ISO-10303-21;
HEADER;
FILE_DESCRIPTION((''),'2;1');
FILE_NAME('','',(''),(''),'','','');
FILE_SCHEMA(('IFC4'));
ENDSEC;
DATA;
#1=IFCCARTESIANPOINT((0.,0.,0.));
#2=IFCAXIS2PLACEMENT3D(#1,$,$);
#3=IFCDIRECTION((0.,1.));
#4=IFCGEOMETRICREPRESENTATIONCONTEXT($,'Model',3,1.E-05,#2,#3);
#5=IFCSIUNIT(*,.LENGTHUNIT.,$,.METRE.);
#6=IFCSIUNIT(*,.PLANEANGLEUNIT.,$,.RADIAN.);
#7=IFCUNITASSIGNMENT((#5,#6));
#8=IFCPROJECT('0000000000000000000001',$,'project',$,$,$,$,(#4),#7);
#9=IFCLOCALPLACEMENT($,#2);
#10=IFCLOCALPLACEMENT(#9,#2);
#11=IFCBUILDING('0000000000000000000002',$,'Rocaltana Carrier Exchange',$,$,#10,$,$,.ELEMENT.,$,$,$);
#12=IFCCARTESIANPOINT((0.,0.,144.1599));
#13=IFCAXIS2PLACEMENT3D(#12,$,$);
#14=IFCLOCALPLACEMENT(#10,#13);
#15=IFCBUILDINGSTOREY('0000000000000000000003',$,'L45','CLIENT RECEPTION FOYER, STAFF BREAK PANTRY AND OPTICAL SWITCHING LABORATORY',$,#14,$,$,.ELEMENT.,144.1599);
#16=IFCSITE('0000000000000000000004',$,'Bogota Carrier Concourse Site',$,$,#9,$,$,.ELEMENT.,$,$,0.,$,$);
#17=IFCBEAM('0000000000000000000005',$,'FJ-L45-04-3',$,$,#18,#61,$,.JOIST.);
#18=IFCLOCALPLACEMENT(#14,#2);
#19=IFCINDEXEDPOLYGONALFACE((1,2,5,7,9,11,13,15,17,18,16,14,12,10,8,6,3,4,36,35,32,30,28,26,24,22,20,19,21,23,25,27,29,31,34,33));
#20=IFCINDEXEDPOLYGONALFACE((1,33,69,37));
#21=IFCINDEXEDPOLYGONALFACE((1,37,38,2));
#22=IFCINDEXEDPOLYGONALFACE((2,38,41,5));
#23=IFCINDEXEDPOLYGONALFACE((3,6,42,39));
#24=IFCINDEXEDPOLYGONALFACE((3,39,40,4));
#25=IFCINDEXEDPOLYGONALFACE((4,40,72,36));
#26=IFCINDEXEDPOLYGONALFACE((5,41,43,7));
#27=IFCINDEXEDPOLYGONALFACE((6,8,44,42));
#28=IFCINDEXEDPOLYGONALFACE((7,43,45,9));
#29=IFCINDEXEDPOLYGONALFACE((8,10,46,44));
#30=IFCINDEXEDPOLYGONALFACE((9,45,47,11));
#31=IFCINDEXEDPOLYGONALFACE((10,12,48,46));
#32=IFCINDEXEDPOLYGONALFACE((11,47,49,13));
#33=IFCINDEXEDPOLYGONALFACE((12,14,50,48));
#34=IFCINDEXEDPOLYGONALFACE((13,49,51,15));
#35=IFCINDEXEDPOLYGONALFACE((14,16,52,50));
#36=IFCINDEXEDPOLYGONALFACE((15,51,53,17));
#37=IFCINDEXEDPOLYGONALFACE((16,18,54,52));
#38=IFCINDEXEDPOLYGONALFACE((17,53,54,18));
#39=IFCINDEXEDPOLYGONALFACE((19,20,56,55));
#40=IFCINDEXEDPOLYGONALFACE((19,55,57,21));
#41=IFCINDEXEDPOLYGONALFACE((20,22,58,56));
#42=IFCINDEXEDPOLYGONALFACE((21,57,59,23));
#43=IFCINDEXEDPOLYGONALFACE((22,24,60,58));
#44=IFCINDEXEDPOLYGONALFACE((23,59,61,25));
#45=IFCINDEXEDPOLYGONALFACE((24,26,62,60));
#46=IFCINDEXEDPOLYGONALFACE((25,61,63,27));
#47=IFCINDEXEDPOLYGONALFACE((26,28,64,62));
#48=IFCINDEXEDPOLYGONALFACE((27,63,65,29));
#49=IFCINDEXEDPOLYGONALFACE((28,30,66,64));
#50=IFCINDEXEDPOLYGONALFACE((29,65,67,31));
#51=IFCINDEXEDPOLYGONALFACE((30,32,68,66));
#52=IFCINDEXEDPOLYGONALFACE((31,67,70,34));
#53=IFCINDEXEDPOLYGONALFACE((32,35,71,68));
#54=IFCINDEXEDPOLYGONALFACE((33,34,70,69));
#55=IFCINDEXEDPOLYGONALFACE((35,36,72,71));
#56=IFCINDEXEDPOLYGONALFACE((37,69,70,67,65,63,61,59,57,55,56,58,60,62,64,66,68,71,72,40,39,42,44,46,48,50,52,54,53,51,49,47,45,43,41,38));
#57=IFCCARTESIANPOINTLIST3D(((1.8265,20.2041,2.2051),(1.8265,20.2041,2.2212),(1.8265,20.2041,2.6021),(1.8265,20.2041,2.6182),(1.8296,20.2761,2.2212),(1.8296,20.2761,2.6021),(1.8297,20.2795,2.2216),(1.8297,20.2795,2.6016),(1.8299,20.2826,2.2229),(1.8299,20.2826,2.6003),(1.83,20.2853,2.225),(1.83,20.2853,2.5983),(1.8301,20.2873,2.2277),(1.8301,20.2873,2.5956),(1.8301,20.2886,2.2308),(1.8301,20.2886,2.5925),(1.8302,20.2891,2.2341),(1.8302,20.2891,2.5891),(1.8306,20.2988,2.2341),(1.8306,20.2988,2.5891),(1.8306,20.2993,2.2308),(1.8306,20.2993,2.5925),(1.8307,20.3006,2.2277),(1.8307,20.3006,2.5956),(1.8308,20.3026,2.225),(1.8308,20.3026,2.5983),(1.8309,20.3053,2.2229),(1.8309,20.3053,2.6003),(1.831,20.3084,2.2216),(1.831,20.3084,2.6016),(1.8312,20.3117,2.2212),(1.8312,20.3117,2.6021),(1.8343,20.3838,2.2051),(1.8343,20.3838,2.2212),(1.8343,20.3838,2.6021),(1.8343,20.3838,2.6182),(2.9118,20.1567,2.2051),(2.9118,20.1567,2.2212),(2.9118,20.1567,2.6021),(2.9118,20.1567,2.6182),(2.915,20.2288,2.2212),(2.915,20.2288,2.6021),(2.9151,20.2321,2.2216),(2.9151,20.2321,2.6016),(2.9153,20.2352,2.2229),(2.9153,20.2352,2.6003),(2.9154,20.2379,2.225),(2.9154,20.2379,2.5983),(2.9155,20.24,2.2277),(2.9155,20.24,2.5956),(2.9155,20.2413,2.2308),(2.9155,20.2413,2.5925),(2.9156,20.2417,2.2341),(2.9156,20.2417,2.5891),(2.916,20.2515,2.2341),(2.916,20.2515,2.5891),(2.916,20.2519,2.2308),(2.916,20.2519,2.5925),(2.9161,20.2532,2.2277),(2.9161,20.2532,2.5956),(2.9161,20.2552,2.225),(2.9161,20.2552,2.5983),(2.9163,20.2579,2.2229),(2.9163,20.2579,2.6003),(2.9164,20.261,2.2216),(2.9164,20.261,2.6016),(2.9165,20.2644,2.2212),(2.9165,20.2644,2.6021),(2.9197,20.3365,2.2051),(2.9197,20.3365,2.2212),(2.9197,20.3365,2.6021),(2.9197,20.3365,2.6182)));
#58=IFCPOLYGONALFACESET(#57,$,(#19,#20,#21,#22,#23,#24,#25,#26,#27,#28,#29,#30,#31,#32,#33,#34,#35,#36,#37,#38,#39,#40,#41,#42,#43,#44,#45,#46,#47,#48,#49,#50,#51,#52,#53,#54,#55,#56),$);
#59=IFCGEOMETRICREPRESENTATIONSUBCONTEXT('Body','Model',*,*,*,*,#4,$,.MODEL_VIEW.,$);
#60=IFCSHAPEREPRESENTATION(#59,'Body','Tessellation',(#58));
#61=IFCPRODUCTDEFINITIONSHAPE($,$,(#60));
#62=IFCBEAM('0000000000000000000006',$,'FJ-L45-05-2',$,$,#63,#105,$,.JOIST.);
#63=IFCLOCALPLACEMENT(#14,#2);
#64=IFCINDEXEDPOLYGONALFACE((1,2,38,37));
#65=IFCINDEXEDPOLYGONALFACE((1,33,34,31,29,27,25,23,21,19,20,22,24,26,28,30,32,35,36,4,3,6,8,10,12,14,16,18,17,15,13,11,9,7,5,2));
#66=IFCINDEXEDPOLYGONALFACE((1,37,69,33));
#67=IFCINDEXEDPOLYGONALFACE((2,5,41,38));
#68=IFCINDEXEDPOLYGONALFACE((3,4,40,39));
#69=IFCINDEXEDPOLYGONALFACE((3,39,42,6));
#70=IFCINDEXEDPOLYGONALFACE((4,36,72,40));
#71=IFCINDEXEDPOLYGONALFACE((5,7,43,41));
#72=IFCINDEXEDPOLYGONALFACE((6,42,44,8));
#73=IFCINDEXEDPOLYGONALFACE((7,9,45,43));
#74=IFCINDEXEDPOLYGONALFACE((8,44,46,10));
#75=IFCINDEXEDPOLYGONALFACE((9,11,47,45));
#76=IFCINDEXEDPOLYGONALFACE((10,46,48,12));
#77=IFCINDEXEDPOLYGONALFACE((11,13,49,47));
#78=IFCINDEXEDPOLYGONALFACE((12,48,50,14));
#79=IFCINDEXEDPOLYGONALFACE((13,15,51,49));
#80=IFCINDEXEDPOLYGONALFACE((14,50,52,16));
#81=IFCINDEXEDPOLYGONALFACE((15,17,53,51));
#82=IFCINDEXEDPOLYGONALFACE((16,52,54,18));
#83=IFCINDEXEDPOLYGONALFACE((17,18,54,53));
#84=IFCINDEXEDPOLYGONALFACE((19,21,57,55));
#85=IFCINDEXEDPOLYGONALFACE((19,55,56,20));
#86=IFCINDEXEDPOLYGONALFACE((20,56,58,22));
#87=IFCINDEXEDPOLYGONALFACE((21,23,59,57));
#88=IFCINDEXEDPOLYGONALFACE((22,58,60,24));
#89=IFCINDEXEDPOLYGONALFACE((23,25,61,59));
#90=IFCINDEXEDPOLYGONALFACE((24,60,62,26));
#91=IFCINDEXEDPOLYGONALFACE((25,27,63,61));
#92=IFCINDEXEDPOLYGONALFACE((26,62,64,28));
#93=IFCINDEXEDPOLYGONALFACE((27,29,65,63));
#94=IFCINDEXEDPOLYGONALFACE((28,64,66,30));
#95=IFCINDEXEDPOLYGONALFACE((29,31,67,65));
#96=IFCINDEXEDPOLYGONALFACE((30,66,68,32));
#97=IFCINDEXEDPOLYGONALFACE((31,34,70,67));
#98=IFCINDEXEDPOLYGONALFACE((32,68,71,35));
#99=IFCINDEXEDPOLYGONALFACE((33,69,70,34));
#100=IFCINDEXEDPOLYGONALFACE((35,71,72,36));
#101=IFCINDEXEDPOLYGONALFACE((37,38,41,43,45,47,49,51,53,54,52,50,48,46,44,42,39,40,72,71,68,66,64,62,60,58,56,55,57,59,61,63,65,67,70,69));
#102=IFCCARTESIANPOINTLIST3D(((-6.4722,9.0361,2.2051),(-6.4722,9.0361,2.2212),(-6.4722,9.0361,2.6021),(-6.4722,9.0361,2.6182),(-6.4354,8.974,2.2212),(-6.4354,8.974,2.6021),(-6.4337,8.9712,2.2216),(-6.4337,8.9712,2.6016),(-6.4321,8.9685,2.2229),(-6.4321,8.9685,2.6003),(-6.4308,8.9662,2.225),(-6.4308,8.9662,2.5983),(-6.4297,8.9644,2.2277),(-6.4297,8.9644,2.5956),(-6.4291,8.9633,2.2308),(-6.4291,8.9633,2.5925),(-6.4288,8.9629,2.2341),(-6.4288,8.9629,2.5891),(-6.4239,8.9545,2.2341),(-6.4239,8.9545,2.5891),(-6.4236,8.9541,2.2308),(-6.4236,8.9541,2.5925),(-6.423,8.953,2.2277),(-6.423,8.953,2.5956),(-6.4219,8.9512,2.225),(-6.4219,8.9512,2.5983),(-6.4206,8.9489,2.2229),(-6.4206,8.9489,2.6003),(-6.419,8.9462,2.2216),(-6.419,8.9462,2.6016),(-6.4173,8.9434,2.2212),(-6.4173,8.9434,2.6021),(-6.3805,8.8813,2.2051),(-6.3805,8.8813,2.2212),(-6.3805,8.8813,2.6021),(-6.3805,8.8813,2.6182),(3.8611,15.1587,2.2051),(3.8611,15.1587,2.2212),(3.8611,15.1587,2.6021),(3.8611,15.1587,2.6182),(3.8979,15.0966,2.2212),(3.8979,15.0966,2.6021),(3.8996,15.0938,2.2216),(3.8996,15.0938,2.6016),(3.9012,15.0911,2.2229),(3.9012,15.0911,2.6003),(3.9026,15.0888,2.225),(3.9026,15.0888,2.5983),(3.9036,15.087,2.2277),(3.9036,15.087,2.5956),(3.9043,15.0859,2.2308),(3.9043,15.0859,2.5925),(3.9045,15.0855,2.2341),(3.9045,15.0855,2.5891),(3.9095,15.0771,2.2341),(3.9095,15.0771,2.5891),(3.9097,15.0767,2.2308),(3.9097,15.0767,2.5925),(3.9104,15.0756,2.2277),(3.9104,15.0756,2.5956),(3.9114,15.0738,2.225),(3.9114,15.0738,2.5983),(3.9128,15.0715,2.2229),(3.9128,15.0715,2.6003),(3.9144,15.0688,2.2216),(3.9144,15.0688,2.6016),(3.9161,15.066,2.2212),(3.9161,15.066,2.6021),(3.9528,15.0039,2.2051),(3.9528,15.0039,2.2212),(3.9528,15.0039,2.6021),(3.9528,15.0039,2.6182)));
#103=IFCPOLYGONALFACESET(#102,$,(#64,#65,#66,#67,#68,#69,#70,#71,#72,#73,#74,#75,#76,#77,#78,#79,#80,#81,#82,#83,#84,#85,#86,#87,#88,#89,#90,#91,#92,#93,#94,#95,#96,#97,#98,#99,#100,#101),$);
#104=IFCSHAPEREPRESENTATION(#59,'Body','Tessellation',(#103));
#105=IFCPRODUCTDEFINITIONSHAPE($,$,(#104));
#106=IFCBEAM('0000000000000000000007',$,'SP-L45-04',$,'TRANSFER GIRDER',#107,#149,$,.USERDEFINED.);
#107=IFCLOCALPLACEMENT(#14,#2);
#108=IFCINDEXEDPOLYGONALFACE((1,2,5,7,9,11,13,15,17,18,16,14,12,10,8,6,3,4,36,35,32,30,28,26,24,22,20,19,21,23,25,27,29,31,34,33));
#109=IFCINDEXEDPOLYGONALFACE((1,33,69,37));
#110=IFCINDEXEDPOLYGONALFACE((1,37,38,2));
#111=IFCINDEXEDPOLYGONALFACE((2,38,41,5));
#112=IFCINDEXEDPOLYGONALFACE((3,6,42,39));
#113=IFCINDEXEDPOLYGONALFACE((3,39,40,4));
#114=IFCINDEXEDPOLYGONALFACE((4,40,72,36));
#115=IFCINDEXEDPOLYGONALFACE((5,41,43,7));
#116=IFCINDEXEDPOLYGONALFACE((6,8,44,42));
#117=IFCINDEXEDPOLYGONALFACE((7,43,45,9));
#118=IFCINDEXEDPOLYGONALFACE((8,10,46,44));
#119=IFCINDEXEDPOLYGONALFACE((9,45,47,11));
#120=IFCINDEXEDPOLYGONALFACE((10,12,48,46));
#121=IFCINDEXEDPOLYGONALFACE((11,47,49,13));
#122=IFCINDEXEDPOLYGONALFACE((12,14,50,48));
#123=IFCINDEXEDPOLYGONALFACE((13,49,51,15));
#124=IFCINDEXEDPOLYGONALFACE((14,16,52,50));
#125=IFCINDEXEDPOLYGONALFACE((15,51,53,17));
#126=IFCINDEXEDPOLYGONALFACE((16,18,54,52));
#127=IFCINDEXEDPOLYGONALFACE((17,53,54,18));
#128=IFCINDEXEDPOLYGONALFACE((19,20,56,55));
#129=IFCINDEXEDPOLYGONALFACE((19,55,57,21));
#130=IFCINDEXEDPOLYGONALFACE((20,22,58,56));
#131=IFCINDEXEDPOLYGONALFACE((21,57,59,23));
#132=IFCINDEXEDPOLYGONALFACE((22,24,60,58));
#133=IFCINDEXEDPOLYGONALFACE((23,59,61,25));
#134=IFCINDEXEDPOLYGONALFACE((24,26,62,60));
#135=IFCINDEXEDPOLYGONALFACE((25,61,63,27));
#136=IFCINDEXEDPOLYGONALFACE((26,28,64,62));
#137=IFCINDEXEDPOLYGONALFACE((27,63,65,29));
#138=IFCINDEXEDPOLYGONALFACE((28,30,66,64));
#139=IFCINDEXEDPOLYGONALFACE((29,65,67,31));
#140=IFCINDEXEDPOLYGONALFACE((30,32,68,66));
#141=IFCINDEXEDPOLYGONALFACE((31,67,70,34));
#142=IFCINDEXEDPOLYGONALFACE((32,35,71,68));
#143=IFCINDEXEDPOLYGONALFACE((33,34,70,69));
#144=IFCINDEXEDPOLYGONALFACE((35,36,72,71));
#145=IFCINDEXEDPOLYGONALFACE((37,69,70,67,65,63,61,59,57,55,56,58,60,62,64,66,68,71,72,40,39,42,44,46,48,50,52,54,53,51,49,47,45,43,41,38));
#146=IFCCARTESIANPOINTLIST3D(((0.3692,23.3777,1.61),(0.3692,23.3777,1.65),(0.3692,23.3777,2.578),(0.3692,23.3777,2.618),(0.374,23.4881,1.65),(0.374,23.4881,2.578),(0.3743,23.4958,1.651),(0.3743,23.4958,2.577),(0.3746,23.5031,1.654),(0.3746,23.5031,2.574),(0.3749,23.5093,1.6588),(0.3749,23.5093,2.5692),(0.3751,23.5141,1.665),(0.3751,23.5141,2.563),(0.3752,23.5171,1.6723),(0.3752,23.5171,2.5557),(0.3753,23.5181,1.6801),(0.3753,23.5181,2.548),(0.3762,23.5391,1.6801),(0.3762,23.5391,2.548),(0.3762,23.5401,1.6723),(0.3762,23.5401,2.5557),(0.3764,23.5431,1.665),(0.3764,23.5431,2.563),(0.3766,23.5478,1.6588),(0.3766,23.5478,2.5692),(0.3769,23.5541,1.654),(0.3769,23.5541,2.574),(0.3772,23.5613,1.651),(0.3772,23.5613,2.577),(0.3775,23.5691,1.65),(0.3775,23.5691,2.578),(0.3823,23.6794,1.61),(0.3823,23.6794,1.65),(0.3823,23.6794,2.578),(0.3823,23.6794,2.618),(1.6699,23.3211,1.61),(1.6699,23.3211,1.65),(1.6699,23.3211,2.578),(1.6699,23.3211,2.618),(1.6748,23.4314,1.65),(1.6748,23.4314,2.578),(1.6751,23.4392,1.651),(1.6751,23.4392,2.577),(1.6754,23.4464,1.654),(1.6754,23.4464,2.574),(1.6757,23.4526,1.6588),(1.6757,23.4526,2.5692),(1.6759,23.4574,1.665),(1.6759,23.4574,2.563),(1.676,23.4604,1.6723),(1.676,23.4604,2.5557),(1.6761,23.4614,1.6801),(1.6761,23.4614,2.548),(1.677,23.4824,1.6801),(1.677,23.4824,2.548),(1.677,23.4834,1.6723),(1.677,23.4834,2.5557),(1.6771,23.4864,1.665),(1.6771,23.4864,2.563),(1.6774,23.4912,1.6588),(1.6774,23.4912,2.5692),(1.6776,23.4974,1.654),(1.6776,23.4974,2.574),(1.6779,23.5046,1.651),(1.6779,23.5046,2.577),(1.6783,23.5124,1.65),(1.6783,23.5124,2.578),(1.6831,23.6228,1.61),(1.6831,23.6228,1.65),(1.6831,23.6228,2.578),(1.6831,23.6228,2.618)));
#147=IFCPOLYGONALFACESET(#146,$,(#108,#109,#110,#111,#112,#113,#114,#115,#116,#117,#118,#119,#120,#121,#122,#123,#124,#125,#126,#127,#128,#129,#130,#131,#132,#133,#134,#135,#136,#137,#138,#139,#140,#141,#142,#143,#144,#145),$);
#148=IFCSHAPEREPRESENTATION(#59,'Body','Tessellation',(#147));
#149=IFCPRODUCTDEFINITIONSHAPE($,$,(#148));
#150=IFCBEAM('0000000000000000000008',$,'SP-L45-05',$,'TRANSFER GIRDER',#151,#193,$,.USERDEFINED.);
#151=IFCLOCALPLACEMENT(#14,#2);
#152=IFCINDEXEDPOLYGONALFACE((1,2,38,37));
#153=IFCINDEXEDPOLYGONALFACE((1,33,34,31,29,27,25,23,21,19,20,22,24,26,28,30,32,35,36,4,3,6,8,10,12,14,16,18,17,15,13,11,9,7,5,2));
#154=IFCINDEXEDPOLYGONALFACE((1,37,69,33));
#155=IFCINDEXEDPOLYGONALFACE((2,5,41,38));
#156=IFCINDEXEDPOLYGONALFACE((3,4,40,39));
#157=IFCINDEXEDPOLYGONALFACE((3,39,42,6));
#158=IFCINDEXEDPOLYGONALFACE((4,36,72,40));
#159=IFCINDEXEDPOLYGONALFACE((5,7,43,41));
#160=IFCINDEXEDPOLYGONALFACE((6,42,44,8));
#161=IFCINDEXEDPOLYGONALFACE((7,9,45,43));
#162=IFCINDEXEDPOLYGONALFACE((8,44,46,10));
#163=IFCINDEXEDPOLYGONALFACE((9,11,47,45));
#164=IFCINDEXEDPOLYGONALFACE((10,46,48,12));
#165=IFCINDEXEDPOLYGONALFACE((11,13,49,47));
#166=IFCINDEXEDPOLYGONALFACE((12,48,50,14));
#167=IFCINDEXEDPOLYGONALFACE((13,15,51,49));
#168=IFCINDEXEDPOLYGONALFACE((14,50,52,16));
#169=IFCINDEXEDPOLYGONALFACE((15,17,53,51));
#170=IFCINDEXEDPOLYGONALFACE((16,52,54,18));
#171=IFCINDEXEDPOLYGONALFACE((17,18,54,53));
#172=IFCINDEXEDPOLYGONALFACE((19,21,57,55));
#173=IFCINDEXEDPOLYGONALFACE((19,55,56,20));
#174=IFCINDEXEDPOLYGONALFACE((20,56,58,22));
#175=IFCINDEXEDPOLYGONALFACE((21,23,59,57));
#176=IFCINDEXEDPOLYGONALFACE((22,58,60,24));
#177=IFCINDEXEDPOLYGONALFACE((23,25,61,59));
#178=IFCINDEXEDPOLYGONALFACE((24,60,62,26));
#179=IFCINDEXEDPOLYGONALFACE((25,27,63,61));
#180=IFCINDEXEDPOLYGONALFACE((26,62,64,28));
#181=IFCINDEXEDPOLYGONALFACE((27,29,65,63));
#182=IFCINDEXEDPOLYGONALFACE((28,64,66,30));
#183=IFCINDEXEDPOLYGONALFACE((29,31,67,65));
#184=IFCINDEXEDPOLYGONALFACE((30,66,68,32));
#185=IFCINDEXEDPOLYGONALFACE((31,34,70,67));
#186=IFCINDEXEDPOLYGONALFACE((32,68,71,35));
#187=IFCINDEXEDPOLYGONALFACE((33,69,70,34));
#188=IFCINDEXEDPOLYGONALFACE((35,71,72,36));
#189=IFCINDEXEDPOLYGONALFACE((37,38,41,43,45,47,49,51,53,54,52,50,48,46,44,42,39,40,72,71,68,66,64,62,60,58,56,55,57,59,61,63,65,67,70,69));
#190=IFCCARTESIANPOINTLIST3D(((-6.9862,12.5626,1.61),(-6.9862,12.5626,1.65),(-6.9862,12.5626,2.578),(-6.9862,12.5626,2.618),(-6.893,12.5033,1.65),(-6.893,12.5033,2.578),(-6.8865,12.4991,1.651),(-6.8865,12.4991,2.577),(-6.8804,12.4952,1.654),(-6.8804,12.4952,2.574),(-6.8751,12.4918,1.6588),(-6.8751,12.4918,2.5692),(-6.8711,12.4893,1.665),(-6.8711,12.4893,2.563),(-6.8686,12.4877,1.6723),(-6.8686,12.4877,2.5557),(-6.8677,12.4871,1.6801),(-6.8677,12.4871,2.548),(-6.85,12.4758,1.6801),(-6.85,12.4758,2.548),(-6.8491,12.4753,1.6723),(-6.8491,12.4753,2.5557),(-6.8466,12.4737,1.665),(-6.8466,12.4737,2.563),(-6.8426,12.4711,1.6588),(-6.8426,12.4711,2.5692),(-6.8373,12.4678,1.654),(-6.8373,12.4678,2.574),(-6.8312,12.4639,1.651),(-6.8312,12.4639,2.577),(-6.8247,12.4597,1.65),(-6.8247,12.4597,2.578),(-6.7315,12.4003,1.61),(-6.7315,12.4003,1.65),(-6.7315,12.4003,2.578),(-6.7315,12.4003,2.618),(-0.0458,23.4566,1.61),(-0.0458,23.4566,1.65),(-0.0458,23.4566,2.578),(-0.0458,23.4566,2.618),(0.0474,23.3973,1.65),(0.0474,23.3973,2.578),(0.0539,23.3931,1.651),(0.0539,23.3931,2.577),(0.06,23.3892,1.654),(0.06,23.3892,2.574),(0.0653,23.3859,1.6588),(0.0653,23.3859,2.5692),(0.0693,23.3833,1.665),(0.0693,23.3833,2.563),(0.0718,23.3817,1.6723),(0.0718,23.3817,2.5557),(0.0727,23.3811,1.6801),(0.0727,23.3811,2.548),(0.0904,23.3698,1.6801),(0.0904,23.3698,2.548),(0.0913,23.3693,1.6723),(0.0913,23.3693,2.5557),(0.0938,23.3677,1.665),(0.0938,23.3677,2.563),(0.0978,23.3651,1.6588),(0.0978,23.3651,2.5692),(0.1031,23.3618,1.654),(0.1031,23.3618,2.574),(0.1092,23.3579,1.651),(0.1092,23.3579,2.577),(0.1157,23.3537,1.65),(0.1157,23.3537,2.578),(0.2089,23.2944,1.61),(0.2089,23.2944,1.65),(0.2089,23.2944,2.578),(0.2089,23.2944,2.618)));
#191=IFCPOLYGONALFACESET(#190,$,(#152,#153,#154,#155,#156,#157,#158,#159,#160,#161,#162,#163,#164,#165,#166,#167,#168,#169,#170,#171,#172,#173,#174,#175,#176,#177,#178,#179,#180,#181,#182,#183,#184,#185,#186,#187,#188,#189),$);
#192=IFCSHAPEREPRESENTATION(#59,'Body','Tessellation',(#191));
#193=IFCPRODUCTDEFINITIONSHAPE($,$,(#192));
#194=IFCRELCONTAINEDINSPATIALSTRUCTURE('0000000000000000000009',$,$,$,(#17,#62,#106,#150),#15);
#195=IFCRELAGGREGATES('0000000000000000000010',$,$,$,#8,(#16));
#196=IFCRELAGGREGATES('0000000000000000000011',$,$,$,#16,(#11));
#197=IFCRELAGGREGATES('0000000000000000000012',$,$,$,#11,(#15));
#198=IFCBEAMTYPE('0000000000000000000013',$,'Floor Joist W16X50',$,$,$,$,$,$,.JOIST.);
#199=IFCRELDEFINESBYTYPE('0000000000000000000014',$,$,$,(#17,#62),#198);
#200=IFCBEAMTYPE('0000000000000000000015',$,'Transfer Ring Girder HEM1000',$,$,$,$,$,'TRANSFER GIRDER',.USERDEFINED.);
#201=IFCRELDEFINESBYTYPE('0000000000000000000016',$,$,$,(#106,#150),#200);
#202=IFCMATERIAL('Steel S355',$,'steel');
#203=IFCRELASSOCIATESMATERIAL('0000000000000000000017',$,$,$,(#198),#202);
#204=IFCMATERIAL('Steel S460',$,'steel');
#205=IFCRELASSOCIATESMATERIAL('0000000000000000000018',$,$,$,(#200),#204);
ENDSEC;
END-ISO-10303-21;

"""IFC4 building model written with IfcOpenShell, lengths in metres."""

from ifc_helpers import new_model, si_unit, direction, frame, origin, origin_2d, place, context, subcontext, project, spatial, i_section, extrude, material, material_profile, profile_set, type_object, element, save


model = new_model("IFC4")

# Units and contexts
model_context = context("Model", 3, precision=1e-05, world=origin(), true_north=direction((0.0, 1.0)))
body_context = subcontext(model_context, "Body", "Model", "MODEL_VIEW")
ifc_project = project(units=[si_unit("LENGTHUNIT", "METRE"), si_unit("PLANEANGLEUNIT", "RADIAN")], contexts=[model_context])

# Site, building, storey
site_placement = place(None, origin())
site = spatial("IfcSite", under=ifc_project, at=site_placement, Name="Bogota Carrier Concourse Site", CompositionType="ELEMENT", RefElevation=0.0)
building_placement = place(site_placement, origin())
building = spatial("IfcBuilding", under=site, at=building_placement, Name="Rocaltana Carrier Exchange", CompositionType="ELEMENT")
storey_placement = place(building_placement, frame((0.0, 0.0, 144.1599)))
storey = spatial("IfcBuildingStorey", under=building, at=storey_placement, Name="L45", Description="CLIENT RECEPTION FOYER, STAFF BREAK PANTRY AND OPTICAL SWITCHING LABORATORY", CompositionType="ELEMENT", Elevation=144.1599)

# Beams
ifc_material_1 = material(Name="Steel S355", Category="steel")
ifc_material_profile_1 = material_profile(ifc_material_1, i_section(OverallWidth=0.1799, OverallDepth=0.4131, WebThickness=0.0098, FlangeThickness=0.0161, FilletRadius=0.0129, at=origin_2d()), Name="W16X50")
ifc_profile_set_1 = profile_set([ifc_material_profile_1], Name="Steel S355")
beam_type_1 = type_object("IfcBeamType", Name="Floor Joist W16X50", PredefinedType="JOIST", material=ifc_profile_set_1)
beam_1_placement = place(storey_placement, frame((2.9158, 20.2466, 2.4116), z_axis=(-0.999049, 0.043593, 0.0), x_axis=(-0.043593, -0.999049, 0.0)))
element("IfcBeam", 1, at=beam_1_placement, inside=storey, type_object=beam_type_1, Name="FJ-L45-04-3", PredefinedType="JOIST", context=body_context, shape_type="SweptSolid", body=[
    extrude(i_section(OverallWidth=0.1799, OverallDepth=0.4131, WebThickness=0.0098, FlangeThickness=0.0161, FilletRadius=0.0129, at=origin_2d()), origin(), (0.0, 0.0, 1.0), 1.0864),
])
beam_2_placement = place(storey_placement, frame((3.907, 15.0813, 2.4116), z_axis=(-0.860323, -0.50975, 0.0), x_axis=(0.50975, -0.860323, 0.0)))
element("IfcBeam", 2, at=beam_2_placement, inside=storey, type_object=beam_type_1, Name="FJ-L45-05-2", PredefinedType="JOIST", context=body_context, shape_type="SweptSolid", body=[
    extrude(i_section(OverallWidth=0.1799, OverallDepth=0.4131, WebThickness=0.0098, FlangeThickness=0.0161, FilletRadius=0.0129, at=origin_2d()), origin(), (0.0, 0.0, 1.0), 12.011),
])
ifc_material_2 = material(Name="Steel S460", Category="steel")
ifc_material_profile_2 = material_profile(ifc_material_2, i_section(OverallWidth=0.302, OverallDepth=1.0081, WebThickness=0.021, FlangeThickness=0.04, FilletRadius=0.03, at=origin_2d()), Name="HEM1000")
ifc_profile_set_2 = profile_set([ifc_material_profile_2], Name="Steel S460")
beam_type_2 = type_object("IfcBeamType", Name="Transfer Ring Girder HEM1000", ElementType="TRANSFER GIRDER", PredefinedType="USERDEFINED", material=ifc_profile_set_2)
beam_3_placement = place(storey_placement, frame((1.6765, 23.4719, 2.114), z_axis=(-0.999053, 0.043502, 0.0), x_axis=(-0.043502, -0.999053, 0.0)))
element("IfcBeam", 3, at=beam_3_placement, inside=storey, type_object=beam_type_2, Name="SP-L45-04", ObjectType="TRANSFER GIRDER", PredefinedType="USERDEFINED", context=body_context, shape_type="SweptSolid", body=[
    extrude(i_section(OverallWidth=0.302, OverallDepth=1.0081, WebThickness=0.021, FlangeThickness=0.04, FilletRadius=0.03, at=origin_2d()), origin(), (0.0, 0.0, 1.0), 1.302),
])
beam_4_placement = place(storey_placement, frame((0.0815, 23.3755, 2.114), z_axis=(-0.537308, -0.843386, 0.0), x_axis=(0.843386, -0.537308, 0.0)))
element("IfcBeam", 4, at=beam_4_placement, inside=storey, type_object=beam_type_2, Name="SP-L45-05", ObjectType="TRANSFER GIRDER", PredefinedType="USERDEFINED", context=body_context, shape_type="SweptSolid", body=[
    extrude(i_section(OverallWidth=0.302, OverallDepth=1.0081, WebThickness=0.021, FlangeThickness=0.04, FilletRadius=0.03, at=origin_2d()), origin(), (0.0, 0.0, 1.0), 12.917),
])

save(model, "model.ifc")
